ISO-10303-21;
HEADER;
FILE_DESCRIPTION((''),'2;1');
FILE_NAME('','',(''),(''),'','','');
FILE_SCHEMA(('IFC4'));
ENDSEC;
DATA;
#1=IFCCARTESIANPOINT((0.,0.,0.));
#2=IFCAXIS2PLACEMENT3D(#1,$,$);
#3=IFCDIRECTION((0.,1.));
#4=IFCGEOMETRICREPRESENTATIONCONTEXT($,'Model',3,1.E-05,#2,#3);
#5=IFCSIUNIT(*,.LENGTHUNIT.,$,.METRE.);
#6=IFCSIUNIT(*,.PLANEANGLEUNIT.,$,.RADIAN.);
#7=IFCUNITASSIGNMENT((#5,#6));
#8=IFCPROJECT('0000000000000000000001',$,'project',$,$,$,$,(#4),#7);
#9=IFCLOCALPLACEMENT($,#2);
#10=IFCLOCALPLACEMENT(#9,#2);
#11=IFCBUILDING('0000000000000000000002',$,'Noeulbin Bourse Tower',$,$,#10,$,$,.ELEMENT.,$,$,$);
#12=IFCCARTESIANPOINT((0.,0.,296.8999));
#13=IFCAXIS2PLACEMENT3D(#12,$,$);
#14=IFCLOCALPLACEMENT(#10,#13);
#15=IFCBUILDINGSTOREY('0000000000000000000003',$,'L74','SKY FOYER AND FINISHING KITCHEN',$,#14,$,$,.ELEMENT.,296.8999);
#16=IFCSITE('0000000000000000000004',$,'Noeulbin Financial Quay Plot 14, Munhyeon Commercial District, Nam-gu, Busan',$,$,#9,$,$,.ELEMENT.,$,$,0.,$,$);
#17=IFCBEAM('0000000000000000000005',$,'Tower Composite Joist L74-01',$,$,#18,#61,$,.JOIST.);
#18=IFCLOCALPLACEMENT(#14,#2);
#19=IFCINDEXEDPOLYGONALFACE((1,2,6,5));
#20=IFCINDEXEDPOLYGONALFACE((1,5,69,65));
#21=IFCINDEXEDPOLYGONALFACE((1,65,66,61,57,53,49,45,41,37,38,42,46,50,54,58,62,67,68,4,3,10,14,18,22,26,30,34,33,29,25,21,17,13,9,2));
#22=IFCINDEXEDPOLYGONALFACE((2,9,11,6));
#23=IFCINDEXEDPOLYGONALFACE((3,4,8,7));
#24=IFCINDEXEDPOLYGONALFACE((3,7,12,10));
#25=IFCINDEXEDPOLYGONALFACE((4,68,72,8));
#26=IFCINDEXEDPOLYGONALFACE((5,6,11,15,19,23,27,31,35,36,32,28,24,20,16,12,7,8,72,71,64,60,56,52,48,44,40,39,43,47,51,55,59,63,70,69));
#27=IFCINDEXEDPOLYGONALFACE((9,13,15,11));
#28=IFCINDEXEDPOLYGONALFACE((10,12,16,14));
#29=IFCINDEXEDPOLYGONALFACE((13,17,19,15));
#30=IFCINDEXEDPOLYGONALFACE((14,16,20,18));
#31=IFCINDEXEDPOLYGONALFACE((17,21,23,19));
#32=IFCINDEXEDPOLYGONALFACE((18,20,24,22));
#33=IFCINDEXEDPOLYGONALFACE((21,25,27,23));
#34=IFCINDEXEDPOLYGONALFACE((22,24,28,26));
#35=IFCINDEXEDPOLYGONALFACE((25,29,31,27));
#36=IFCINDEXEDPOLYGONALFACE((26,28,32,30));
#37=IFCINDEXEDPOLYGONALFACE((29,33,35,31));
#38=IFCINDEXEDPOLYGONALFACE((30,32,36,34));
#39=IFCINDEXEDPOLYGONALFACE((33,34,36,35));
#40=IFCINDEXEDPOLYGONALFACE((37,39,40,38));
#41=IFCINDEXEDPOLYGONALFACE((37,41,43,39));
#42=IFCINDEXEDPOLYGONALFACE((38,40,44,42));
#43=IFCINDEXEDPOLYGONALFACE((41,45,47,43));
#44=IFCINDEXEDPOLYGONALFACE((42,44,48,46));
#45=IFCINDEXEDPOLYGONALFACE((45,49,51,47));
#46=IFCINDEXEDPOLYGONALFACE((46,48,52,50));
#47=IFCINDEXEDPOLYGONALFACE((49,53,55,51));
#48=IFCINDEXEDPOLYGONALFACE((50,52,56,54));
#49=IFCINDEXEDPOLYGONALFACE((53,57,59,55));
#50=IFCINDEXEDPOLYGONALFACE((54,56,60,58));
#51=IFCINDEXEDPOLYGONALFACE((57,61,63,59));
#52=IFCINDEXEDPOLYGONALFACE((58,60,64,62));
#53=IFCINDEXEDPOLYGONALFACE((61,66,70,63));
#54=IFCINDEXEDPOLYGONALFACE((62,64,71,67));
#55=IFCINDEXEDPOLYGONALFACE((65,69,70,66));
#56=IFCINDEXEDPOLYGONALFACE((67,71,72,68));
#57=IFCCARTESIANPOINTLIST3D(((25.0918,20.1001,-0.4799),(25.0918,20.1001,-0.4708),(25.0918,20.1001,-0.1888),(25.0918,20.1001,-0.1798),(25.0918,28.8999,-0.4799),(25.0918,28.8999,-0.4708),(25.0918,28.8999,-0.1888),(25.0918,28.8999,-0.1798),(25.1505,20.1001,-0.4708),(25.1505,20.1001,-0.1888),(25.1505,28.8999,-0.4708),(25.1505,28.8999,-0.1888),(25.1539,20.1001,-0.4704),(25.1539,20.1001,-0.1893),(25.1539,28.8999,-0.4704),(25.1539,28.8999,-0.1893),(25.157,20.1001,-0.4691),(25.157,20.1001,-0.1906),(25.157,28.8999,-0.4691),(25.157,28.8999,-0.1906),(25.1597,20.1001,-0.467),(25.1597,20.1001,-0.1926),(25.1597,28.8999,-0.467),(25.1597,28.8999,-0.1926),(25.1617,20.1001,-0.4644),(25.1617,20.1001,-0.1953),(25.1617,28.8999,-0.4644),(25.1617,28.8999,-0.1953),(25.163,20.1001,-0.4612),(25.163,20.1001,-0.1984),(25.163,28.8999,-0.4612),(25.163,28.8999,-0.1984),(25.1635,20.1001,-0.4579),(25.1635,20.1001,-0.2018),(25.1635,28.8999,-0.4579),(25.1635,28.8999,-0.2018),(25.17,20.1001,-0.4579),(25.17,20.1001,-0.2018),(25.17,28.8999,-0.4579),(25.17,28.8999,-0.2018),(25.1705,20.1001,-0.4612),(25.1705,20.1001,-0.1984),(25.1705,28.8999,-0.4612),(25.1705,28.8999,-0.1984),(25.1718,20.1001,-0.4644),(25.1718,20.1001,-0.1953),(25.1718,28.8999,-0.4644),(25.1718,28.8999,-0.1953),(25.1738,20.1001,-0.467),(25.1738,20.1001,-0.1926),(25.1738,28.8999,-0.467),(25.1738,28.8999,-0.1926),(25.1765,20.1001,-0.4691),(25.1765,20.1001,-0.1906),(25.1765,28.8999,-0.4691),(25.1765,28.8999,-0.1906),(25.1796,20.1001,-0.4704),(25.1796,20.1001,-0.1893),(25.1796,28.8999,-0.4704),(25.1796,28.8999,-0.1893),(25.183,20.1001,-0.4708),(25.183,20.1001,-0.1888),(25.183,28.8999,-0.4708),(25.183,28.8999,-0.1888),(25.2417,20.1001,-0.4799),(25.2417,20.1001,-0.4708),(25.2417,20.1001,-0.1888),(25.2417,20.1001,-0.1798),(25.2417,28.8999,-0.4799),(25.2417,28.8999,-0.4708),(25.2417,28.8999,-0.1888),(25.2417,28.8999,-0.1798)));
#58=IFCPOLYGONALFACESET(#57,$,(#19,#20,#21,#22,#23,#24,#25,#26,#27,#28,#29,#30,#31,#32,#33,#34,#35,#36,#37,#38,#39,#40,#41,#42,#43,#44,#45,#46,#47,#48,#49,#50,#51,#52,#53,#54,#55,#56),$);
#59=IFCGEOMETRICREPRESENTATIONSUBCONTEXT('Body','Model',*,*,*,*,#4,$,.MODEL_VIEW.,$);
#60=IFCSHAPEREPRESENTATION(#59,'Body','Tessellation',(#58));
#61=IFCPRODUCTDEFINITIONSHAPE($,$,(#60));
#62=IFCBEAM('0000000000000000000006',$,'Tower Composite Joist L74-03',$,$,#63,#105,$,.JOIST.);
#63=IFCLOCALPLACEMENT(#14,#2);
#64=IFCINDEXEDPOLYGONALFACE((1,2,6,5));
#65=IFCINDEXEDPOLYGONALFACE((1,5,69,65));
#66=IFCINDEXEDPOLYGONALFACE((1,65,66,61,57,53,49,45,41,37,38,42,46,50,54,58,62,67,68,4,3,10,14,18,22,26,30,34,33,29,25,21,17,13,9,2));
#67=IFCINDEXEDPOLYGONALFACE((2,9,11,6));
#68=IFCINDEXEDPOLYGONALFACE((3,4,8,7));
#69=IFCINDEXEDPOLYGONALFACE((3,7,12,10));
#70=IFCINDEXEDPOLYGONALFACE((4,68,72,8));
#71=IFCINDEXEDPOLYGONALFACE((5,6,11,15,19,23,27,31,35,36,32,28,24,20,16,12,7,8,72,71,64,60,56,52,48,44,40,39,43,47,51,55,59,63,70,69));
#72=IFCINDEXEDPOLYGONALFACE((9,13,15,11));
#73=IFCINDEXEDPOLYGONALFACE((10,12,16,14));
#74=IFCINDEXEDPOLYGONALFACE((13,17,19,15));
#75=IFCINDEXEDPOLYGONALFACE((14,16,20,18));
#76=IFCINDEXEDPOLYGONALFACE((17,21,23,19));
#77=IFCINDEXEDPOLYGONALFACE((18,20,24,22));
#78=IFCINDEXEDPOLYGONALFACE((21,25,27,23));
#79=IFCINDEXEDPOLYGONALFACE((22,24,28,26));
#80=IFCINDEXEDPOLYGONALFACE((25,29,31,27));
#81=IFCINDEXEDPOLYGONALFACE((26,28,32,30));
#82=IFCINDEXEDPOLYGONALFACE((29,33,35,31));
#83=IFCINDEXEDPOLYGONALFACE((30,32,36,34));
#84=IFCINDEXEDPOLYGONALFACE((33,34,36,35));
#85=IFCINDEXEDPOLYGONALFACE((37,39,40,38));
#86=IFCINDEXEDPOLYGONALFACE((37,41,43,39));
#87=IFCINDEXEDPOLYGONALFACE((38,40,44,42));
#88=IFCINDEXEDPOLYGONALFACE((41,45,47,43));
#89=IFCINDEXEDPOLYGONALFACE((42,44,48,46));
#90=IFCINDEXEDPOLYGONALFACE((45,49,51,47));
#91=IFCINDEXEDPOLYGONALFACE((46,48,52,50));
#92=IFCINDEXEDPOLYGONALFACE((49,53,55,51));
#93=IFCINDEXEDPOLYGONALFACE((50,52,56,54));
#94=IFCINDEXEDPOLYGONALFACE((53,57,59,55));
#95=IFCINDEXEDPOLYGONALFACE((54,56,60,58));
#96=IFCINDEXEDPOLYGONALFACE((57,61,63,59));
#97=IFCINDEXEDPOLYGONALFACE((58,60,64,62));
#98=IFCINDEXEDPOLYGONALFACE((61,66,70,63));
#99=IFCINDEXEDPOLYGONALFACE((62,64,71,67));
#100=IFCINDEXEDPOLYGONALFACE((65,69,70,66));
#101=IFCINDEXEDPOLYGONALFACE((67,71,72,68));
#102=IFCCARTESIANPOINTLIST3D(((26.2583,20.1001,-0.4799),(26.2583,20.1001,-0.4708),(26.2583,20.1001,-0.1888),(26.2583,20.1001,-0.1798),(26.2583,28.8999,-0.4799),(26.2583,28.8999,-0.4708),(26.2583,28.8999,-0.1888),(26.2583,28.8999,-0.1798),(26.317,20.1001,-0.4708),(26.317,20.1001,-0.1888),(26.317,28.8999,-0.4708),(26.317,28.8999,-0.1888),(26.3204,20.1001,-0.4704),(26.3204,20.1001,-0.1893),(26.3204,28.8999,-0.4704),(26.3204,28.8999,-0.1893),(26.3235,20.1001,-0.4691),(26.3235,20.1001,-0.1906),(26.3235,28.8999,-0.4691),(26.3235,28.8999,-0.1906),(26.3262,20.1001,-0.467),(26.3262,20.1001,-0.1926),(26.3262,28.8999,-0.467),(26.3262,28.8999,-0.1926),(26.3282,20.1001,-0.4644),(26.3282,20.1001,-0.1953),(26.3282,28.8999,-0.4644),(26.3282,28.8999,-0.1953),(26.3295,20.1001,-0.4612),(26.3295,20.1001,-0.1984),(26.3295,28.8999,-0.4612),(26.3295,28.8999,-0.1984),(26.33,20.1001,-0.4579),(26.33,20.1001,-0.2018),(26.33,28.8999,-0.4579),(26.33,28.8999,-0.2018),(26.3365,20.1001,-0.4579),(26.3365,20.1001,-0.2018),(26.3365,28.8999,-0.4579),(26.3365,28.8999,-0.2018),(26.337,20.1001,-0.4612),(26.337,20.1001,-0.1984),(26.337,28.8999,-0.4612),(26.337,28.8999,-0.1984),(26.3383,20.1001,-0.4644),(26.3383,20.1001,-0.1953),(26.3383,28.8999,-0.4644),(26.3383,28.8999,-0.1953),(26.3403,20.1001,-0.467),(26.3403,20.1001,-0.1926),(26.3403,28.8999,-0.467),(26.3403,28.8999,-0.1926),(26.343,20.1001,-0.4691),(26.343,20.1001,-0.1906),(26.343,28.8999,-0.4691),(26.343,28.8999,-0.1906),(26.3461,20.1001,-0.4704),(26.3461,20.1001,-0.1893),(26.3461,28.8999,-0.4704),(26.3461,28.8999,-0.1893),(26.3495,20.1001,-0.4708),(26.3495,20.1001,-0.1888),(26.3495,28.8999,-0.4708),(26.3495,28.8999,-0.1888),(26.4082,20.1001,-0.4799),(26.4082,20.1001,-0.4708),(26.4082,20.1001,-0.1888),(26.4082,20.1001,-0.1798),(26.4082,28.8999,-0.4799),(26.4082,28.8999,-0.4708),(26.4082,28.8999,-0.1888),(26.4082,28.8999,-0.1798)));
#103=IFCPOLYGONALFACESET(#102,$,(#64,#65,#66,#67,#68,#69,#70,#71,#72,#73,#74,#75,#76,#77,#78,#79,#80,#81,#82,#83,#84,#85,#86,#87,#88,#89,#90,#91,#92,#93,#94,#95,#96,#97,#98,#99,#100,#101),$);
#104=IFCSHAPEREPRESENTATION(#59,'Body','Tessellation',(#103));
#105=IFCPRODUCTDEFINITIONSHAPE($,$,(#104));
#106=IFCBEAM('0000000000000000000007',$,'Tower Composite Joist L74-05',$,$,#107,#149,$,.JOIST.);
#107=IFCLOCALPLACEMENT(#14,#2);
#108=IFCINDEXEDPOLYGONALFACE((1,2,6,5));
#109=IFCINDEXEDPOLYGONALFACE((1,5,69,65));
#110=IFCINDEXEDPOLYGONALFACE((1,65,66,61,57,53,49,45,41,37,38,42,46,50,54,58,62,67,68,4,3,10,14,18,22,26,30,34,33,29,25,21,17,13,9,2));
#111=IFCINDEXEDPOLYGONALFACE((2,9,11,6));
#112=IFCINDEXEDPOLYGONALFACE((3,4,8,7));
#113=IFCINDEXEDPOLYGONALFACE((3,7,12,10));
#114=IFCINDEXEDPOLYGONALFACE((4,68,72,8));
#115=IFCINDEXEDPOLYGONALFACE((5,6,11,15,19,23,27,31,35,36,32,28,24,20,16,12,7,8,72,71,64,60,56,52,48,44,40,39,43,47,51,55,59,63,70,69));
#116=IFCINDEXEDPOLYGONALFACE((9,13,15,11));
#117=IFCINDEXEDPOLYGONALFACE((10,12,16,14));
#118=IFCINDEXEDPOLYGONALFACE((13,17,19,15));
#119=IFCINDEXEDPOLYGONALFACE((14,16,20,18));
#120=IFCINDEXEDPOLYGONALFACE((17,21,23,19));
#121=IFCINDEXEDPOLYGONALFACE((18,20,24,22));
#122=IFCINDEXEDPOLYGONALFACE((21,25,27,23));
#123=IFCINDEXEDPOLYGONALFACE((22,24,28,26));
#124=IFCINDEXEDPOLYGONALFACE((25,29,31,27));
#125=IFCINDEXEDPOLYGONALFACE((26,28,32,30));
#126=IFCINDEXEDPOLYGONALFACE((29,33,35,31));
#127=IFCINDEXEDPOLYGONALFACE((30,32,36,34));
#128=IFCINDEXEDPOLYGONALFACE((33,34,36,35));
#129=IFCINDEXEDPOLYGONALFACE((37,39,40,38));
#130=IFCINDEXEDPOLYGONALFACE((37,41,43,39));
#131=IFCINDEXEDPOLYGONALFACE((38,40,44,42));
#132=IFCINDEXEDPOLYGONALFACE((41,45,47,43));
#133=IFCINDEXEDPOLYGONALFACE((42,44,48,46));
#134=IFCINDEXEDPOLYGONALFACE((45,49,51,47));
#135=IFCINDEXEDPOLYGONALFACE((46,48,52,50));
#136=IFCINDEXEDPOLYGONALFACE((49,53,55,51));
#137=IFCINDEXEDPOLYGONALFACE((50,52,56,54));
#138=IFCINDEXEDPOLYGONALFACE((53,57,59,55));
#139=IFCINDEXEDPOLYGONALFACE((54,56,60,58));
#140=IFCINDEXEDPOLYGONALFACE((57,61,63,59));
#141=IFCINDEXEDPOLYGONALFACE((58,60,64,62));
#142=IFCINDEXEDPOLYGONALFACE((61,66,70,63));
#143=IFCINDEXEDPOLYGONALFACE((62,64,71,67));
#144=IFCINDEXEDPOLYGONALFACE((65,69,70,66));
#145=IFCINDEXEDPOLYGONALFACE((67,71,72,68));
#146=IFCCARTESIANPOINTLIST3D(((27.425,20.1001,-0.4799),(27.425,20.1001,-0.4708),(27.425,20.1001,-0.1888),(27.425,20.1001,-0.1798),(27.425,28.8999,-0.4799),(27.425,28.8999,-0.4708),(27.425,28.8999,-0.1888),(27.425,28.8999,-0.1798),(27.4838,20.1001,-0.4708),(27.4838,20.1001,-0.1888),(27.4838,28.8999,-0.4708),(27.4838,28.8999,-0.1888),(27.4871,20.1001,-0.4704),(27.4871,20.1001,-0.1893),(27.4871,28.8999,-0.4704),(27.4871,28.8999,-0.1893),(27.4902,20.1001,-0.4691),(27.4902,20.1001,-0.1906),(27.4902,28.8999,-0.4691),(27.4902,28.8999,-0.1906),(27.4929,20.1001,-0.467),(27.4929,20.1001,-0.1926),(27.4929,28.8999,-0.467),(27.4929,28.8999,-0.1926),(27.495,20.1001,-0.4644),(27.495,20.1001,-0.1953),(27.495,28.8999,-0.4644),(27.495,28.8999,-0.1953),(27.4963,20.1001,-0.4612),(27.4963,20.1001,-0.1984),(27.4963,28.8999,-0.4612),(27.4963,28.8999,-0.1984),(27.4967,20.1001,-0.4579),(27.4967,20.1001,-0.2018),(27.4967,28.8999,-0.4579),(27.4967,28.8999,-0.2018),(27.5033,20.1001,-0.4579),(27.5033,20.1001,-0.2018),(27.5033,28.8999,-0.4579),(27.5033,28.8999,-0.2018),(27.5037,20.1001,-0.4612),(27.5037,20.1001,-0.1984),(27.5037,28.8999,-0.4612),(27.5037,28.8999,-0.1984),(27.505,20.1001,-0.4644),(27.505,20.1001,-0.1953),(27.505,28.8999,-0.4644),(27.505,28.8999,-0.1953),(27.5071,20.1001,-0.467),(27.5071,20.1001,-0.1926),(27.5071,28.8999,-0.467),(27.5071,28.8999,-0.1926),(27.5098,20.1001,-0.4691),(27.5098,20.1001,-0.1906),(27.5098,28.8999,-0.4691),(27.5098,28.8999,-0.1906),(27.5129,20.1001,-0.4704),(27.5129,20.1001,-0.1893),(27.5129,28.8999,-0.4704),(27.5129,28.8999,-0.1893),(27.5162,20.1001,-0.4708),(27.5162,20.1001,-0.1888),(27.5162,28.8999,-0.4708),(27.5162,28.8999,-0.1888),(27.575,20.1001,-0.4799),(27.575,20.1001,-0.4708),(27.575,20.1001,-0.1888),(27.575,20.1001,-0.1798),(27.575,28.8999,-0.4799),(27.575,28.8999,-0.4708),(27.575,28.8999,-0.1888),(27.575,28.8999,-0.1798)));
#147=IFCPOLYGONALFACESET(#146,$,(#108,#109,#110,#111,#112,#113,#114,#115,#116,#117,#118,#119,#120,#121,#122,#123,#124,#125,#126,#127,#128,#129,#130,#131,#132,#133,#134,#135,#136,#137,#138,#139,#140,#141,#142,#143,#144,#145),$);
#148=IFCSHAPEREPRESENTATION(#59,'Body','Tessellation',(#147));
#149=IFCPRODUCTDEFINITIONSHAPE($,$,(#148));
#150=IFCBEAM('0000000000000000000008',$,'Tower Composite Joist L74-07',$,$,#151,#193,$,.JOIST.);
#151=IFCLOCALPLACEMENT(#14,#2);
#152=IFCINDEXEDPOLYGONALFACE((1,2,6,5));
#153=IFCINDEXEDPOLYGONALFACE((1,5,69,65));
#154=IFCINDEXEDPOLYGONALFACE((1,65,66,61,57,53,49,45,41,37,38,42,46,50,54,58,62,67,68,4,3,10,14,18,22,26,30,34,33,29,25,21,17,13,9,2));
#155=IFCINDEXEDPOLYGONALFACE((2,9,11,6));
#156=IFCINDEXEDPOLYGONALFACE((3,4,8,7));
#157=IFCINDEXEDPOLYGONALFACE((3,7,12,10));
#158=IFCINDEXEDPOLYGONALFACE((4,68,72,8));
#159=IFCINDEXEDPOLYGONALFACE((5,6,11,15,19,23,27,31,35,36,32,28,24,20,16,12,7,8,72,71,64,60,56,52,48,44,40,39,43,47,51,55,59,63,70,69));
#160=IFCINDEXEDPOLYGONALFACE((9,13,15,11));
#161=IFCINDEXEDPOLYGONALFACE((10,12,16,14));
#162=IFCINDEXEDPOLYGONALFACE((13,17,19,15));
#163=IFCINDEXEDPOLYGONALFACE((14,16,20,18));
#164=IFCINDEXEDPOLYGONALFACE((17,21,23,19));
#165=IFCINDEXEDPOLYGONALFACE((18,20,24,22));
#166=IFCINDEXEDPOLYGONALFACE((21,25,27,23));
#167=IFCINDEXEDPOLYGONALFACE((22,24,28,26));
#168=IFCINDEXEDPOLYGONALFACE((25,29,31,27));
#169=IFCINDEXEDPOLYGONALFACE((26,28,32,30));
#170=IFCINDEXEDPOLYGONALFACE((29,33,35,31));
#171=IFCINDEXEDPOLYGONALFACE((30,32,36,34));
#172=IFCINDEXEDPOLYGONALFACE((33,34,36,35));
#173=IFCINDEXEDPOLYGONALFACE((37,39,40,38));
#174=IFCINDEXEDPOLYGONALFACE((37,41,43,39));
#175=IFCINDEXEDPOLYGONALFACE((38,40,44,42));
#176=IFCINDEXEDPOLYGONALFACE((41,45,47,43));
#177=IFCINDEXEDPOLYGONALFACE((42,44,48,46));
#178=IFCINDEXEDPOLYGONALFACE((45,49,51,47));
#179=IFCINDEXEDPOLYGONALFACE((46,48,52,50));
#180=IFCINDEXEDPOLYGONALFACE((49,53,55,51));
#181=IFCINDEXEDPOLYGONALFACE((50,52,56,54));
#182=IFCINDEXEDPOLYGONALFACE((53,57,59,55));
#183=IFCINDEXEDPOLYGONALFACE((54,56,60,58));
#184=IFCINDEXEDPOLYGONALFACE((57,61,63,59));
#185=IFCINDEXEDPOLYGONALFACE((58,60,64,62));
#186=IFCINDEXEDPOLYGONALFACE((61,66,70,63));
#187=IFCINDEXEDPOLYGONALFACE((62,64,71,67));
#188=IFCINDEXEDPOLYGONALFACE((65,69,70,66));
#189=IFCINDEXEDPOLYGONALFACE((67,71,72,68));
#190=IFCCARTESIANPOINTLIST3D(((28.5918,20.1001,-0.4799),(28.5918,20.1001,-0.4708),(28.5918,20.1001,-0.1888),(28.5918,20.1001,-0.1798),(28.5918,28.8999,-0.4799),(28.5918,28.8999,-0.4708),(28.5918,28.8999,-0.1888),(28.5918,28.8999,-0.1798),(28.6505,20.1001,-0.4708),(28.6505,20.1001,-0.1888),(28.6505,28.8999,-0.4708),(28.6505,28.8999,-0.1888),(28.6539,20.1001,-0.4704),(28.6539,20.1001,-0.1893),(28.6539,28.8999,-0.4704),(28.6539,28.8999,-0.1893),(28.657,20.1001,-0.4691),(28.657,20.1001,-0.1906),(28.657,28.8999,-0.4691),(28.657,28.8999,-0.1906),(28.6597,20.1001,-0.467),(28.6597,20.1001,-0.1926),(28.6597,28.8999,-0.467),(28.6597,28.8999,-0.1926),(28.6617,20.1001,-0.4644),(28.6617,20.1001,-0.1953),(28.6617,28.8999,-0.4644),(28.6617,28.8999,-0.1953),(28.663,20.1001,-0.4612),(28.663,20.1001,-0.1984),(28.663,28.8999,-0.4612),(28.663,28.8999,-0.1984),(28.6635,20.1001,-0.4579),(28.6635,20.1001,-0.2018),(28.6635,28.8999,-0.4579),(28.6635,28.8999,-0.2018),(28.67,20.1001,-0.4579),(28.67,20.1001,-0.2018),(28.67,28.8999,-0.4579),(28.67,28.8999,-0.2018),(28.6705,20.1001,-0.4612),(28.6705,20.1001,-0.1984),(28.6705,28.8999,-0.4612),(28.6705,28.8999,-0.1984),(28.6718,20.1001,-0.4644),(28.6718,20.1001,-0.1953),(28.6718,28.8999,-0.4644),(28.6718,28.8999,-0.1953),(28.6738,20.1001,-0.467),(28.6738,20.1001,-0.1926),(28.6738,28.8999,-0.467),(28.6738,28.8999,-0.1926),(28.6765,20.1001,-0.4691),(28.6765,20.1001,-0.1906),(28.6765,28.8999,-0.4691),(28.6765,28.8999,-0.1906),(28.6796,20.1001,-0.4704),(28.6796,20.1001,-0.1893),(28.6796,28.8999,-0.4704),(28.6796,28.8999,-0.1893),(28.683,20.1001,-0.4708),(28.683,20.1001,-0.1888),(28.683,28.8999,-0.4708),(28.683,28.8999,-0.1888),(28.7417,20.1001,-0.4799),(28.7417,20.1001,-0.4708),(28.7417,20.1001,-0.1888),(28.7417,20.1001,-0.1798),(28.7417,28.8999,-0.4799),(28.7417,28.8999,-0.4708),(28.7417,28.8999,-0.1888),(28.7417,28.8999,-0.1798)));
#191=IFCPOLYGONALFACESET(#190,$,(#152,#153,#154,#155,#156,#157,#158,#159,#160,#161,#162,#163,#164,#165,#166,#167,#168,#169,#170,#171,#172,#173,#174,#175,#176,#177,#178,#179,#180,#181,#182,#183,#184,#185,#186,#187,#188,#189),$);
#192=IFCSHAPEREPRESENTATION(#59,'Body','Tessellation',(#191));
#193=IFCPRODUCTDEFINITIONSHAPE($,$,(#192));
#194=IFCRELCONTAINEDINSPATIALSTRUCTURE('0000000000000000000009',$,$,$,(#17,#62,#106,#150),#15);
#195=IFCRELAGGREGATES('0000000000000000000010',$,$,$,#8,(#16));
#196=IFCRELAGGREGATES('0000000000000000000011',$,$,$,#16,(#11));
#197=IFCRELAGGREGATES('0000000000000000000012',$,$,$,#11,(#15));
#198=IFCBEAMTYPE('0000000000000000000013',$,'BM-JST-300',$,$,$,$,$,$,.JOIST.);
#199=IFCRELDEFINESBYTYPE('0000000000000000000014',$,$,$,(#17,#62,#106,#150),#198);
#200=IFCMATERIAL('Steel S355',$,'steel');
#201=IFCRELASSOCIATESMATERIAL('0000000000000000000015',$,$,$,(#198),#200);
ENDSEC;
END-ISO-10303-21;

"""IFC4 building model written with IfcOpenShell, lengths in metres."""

from ifc_helpers import new_model, si_unit, direction, frame, origin, origin_2d, place, context, subcontext, project, spatial, i_section, extrude, material, material_profile, profile_set, type_object, element, save


model = new_model("IFC4")

# Units and contexts
model_context = context("Model", 3, precision=1e-05, world=origin(), true_north=direction((0.0, 1.0)))
body_context = subcontext(model_context, "Body", "Model", "MODEL_VIEW")
ifc_project = project(units=[si_unit("LENGTHUNIT", "METRE"), si_unit("PLANEANGLEUNIT", "RADIAN")], contexts=[model_context])

# Site, building, storey
site_placement = place(None, origin())
site = spatial("IfcSite", under=ifc_project, at=site_placement, Name="Noeulbin Financial Quay Plot 14, Munhyeon Commercial District, Nam-gu, Busan", CompositionType="ELEMENT", RefElevation=0.0)
building_placement = place(site_placement, origin())
building = spatial("IfcBuilding", under=site, at=building_placement, Name="Noeulbin Bourse Tower", CompositionType="ELEMENT")
storey_placement = place(building_placement, frame((0.0, 0.0, 296.8999)))
storey = spatial("IfcBuildingStorey", under=building, at=storey_placement, Name="L74", Description="SKY FOYER AND FINISHING KITCHEN", CompositionType="ELEMENT", Elevation=296.8999)

# Shared definitions
ifc_material_1 = material(Name="Steel S355", Category="steel")

# Beams
ifc_material_profile_1 = material_profile(ifc_material_1, i_section(OverallWidth=0.1499, OverallDepth=0.3, WebThickness=0.0066, FlangeThickness=0.009, FilletRadius=0.0129, at=origin_2d()), Name="H-300x150x6.5x9", Category="LoadBearing")
ifc_profile_set_1 = profile_set([ifc_material_profile_1], Name="Steel S355")
beam_type_1 = type_object("IfcBeamType", Name="BM-JST-300", PredefinedType="JOIST", material=ifc_profile_set_1)
for number, where, z_axis, x_axis, name in (
    (1, (25.1667, 20.1001, -0.3298), (0.0, 1.0, 0.0), (-1.0, 0.0, 0.0), "Tower Composite Joist L74-01"),
    (2, (26.3333, 20.1001, -0.3298), (0.0, 1.0, 0.0), (-1.0, 0.0, 0.0), "Tower Composite Joist L74-03"),
    (3, (27.5, 20.1001, -0.3298), (0.0, 1.0, 0.0), (-1.0, 0.0, 0.0), "Tower Composite Joist L74-05"),
    (4, (28.6667, 20.1001, -0.3298), (0.0, 1.0, 0.0), (-1.0, 0.0, 0.0), "Tower Composite Joist L74-07"),
):
    element("IfcBeam", number, at=place(storey_placement, frame(where, z_axis=z_axis, x_axis=x_axis)), inside=storey, type_object=beam_type_1, Name=name, PredefinedType="JOIST", context=body_context, shape_type="SweptSolid", body=[
        extrude(i_section(OverallWidth=0.1499, OverallDepth=0.3, WebThickness=0.0066, FlangeThickness=0.009, FilletRadius=0.0129, at=origin_2d()), origin(), (0.0, 0.0, 1.0), 8.7998),
    ])

save(model, "model.ifc")
